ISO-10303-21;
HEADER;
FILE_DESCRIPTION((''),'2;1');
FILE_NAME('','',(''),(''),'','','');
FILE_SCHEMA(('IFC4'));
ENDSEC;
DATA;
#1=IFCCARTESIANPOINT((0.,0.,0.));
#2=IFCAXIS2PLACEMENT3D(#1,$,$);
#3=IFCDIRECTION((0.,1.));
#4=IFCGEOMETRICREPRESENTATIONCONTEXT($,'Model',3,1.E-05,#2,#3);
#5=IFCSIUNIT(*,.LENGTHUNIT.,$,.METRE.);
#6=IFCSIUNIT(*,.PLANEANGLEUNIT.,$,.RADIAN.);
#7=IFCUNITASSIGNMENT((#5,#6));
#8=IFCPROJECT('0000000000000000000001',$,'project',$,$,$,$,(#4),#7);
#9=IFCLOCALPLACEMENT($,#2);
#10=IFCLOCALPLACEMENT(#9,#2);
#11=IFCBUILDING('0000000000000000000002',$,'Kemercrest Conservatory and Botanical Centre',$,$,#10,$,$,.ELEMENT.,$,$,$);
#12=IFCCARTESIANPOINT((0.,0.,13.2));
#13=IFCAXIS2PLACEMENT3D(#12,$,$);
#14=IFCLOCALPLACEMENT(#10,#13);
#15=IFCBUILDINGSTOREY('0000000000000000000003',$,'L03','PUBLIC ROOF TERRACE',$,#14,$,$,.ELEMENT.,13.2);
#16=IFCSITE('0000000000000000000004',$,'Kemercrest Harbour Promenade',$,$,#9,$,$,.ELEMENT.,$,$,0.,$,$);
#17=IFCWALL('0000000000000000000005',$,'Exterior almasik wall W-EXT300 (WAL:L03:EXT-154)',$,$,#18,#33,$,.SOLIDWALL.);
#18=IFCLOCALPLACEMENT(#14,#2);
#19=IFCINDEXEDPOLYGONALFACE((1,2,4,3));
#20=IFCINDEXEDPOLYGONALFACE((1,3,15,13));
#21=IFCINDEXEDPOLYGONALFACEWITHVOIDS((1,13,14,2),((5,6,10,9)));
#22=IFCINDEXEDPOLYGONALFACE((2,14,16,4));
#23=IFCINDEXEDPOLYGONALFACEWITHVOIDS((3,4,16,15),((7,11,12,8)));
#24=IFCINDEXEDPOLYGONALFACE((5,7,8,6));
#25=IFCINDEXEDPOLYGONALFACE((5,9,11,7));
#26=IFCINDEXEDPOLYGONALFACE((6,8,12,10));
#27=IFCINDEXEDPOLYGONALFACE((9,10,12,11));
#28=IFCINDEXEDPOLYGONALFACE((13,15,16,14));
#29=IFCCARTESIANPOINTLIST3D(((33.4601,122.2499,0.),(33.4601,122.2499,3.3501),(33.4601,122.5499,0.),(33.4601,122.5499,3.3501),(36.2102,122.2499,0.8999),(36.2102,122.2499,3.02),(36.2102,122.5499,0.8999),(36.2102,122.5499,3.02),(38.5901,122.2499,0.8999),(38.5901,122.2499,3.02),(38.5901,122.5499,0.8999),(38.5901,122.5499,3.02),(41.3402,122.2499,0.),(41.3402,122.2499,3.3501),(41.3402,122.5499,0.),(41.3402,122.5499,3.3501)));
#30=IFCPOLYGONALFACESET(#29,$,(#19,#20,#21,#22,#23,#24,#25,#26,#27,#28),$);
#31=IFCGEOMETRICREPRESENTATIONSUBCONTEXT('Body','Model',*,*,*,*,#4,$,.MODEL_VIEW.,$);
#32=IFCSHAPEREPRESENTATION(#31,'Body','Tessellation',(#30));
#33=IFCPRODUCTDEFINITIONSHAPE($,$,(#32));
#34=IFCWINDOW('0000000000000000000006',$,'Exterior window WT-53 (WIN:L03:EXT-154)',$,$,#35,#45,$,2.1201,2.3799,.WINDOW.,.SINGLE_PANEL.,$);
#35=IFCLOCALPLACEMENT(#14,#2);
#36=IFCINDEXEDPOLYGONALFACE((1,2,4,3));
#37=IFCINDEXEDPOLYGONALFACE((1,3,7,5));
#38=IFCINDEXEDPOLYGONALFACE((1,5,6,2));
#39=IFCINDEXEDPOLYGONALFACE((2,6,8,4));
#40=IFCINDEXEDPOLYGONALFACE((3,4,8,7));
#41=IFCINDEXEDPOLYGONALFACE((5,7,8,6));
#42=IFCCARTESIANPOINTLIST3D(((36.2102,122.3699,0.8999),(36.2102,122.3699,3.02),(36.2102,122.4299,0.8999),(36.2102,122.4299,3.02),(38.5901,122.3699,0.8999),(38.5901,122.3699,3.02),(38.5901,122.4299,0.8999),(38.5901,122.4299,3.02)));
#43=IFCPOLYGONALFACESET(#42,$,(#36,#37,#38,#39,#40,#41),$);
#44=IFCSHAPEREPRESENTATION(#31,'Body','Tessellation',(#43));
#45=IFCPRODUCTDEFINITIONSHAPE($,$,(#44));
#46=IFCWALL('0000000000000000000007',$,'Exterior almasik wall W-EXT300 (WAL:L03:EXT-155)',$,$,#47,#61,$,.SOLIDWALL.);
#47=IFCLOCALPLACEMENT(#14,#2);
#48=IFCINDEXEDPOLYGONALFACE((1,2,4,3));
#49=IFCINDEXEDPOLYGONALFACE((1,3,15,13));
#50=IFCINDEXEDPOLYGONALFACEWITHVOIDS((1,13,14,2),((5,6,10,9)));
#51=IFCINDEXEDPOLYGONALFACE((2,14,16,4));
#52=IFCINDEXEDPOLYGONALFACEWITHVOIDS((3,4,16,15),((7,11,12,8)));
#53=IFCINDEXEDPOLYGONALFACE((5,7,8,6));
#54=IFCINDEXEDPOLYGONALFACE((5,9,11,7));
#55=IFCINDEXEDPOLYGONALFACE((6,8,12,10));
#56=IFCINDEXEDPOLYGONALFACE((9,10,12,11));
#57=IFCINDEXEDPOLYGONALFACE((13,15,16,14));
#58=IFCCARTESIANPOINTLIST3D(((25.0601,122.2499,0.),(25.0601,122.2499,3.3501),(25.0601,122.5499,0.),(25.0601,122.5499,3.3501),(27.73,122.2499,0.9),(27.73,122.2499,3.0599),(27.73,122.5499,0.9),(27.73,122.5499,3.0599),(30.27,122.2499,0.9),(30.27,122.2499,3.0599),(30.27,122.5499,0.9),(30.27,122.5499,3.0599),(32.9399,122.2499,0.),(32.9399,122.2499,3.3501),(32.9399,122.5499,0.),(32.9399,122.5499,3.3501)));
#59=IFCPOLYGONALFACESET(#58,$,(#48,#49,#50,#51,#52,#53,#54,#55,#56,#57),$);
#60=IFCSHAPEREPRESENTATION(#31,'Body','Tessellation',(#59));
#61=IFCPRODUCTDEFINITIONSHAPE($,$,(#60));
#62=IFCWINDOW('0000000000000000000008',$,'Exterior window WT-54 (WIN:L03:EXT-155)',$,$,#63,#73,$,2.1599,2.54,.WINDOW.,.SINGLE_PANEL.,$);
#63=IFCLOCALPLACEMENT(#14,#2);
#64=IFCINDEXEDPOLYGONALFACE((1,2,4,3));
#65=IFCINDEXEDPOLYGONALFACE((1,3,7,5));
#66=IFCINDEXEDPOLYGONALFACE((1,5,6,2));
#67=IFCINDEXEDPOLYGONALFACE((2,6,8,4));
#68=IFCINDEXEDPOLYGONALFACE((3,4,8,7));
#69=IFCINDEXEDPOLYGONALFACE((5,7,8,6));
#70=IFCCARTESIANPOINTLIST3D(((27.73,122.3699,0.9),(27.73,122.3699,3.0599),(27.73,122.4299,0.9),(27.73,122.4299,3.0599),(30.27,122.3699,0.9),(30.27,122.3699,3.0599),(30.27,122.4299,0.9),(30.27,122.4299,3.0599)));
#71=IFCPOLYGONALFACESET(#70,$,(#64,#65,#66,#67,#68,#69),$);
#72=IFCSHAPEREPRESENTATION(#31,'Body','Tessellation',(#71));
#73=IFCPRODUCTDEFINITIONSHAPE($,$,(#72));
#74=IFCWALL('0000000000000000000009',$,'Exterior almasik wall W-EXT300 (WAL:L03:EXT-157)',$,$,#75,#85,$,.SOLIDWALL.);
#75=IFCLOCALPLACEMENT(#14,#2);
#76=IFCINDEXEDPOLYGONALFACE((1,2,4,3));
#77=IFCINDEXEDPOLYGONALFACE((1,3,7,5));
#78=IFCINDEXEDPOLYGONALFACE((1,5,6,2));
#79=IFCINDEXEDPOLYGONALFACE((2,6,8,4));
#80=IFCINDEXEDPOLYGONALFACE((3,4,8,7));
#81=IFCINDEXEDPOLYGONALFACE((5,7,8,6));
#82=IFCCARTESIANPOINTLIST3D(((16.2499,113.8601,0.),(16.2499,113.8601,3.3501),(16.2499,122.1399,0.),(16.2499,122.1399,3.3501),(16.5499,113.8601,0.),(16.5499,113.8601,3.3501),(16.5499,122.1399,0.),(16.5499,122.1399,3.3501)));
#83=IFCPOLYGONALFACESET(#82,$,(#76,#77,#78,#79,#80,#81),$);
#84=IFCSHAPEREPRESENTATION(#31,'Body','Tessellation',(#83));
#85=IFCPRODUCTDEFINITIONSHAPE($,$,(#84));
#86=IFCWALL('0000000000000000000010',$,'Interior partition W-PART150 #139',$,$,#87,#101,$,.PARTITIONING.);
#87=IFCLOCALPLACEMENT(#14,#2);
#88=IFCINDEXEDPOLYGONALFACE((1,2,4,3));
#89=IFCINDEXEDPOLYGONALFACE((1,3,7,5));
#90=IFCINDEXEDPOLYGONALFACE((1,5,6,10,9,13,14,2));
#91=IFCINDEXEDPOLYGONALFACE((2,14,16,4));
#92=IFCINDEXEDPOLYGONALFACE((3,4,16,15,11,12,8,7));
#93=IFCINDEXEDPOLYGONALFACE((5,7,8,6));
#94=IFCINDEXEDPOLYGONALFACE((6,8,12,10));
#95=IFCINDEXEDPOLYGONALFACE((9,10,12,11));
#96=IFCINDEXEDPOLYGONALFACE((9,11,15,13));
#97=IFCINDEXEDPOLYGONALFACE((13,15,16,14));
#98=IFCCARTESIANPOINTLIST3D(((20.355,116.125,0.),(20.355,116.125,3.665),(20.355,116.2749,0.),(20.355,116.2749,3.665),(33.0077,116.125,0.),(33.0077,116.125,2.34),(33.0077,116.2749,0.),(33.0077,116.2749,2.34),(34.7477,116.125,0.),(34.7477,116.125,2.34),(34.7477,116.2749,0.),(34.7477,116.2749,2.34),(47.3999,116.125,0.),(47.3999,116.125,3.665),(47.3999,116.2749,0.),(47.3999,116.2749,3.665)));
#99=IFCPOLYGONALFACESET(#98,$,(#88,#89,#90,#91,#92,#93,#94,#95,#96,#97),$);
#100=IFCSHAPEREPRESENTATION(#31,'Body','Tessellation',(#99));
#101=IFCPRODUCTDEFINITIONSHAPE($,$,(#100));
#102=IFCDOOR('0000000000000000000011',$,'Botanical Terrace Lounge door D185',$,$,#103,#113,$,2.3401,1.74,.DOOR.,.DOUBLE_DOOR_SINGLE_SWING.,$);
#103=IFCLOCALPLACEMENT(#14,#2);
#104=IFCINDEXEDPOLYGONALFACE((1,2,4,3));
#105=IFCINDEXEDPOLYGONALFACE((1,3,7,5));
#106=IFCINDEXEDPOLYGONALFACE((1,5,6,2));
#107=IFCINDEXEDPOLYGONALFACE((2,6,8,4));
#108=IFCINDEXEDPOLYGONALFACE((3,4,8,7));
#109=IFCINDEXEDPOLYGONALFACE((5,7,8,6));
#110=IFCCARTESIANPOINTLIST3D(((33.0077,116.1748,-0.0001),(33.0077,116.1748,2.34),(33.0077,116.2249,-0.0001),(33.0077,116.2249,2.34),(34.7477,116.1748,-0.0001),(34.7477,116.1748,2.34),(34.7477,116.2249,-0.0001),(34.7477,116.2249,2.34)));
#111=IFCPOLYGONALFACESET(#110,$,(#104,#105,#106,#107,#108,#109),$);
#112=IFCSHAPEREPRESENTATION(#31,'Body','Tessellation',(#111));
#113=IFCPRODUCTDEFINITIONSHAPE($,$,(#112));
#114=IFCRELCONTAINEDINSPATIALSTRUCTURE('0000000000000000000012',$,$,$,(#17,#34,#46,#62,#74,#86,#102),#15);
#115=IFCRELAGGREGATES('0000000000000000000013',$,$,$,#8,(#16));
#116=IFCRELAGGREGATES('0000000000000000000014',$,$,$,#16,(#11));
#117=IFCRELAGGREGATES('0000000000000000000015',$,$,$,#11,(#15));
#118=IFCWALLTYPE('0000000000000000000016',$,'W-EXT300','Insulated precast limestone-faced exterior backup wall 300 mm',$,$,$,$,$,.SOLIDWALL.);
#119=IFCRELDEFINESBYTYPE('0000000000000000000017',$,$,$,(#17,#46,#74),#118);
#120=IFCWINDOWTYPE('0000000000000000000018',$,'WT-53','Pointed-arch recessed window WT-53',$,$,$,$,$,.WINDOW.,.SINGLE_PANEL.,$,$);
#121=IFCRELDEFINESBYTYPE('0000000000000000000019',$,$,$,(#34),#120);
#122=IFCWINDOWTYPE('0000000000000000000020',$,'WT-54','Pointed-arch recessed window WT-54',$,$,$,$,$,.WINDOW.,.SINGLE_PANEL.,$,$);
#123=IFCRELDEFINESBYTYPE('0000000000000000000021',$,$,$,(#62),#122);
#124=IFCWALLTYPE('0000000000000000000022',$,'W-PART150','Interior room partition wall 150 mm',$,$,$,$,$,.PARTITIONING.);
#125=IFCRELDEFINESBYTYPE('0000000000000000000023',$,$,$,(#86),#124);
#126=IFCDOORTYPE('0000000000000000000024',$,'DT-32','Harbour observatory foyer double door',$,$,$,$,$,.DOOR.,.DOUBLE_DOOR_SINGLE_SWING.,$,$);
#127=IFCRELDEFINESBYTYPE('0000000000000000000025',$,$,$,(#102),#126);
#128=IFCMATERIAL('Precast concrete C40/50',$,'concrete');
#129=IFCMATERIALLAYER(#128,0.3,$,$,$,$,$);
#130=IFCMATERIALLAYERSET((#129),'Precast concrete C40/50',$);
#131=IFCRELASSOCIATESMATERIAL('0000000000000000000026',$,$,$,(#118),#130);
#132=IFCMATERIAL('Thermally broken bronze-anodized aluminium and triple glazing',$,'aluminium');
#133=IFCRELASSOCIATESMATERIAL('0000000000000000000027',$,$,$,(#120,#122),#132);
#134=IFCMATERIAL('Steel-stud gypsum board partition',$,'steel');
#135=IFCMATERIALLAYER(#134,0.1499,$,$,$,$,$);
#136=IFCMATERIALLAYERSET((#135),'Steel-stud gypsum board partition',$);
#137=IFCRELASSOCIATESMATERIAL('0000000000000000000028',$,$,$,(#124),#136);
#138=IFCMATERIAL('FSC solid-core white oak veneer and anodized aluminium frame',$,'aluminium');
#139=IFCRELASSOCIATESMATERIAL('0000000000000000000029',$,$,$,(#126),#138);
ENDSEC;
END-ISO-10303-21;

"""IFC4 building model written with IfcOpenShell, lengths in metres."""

from ifc_helpers import new_model, si_unit, direction, frame, frame_2d, origin, place, context, subcontext, project, spatial, rectangle, extrude, material, layer, layer_set, type_object, element, fill, save


model = new_model("IFC4")

# Units and contexts
model_context = context("Model", 3, precision=1e-05, world=origin(), true_north=direction((0.0, 1.0)))
body_context = subcontext(model_context, "Body", "Model", "MODEL_VIEW")
ifc_project = project(units=[si_unit("LENGTHUNIT", "METRE"), si_unit("PLANEANGLEUNIT", "RADIAN")], contexts=[model_context])

# Site, building, storey
site_placement = place(None, origin())
site = spatial("IfcSite", under=ifc_project, at=site_placement, Name="Kemercrest Harbour Promenade", CompositionType="ELEMENT", RefElevation=0.0)
building_placement = place(site_placement, origin())
building = spatial("IfcBuilding", under=site, at=building_placement, Name="Kemercrest Conservatory and Botanical Centre", CompositionType="ELEMENT")
storey_placement = place(building_placement, frame((0.0, 0.0, 13.2)))
storey = spatial("IfcBuildingStorey", under=building, at=storey_placement, Name="L03", Description="PUBLIC ROOF TERRACE", CompositionType="ELEMENT", Elevation=13.2)

# Shared definitions
ifc_material_1 = material(Name="Precast concrete C40/50", Category="concrete")

# Walls, openings, windows
ifc_layer_1 = layer(ifc_material_1, 0.3)
ifc_layer_set_1 = layer_set([ifc_layer_1], Name="Precast concrete C40/50")
wall_type_1 = type_object("IfcWallType", Name="W-EXT300", Description="Insulated precast limestone-faced exterior backup wall 300 mm", PredefinedType="SOLIDWALL", material=ifc_layer_set_1)
wall_1_placement = place(storey_placement, frame((41.3401, 122.3999, 0.0), z_axis=(0.0, 0.0, 1.0), x_axis=(-1.0, 0.0, 0.0)))
wall_1 = element("IfcWall", 1, at=wall_1_placement, inside=storey, type_object=wall_type_1, Name="Exterior almasik wall W-EXT300 (WAL:L03:EXT-154)", PredefinedType="SOLIDWALL", context=body_context, shape_type="SweptSolid", body=[
    extrude(rectangle(XDim=7.8801, YDim=0.3, at=frame_2d((3.9399, 0.0))), origin(), (0.0, 0.0, 1.0), 3.3501),
])
opening_1_placement = place(wall_1_placement, frame((2.75, 0.0, 0.8999)))
opening_1 = element("IfcOpeningElement", 2, at=opening_1_placement, cuts=wall_1, PredefinedType="OPENING", context=body_context, shape_type="SweptSolid", body=[
    extrude(rectangle(XDim=2.3799, YDim=2.1201, at=frame_2d((1.1899, 1.0601))), frame((0.0, 0.1602, 0.0), z_axis=(0.0, -1.0, 0.0), x_axis=(1.0, 0.0, 0.0)), (0.0, 0.0, 1.0), 0.3201),
])
ifc_material_2 = material(Name="Thermally broken bronze-anodized aluminium and triple glazing", Category="aluminium")
window_type_1 = type_object("IfcWindowType", Name="WT-53", Description="Pointed-arch recessed window WT-53", PartitioningType="SINGLE_PANEL", PredefinedType="WINDOW", material=ifc_material_2)
window_1_placement = place(opening_1_placement, origin())
window_1 = element("IfcWindow", 3, at=window_1_placement, inside=storey, type_object=window_type_1, Name="Exterior window WT-53 (WIN:L03:EXT-154)", OverallHeight=2.1201, OverallWidth=2.3799, PartitioningType="SINGLE_PANEL", PredefinedType="WINDOW", context=body_context, shape_type="SweptSolid", body=[
    extrude(rectangle(XDim=2.3799, YDim=2.1201, at=frame_2d((1.1899, 1.0601))), frame((0.0, 0.03, 0.0), z_axis=(0.0, -1.0, 0.0), x_axis=(1.0, 0.0, 0.0)), (0.0, 0.0, 1.0), 0.0601),
])
fill(opening_1, window_1)
wall_2_placement = place(storey_placement, frame((32.9399, 122.3999, 0.0), z_axis=(0.0, 0.0, 1.0), x_axis=(-1.0, 0.0, 0.0)))
wall_2 = element("IfcWall", 4, at=wall_2_placement, inside=storey, type_object=wall_type_1, Name="Exterior almasik wall W-EXT300 (WAL:L03:EXT-155)", PredefinedType="SOLIDWALL", context=body_context, shape_type="SweptSolid", body=[
    extrude(rectangle(XDim=7.8799, YDim=0.3, at=frame_2d((3.9399, 0.0))), origin(), (0.0, 0.0, 1.0), 3.3501),
])
opening_2_placement = place(wall_2_placement, frame((2.6699, 0.0, 0.8999)))
opening_2 = element("IfcOpeningElement", 5, at=opening_2_placement, cuts=wall_2, PredefinedType="OPENING", context=body_context, shape_type="SweptSolid", body=[
    extrude(rectangle(XDim=2.54, YDim=2.1599, at=frame_2d((1.27, 1.0801))), frame((0.0, 0.1602, 0.0), z_axis=(0.0, -1.0, 0.0), x_axis=(1.0, 0.0, 0.0)), (0.0, 0.0, 1.0), 0.3201),
])
window_type_2 = type_object("IfcWindowType", Name="WT-54", Description="Pointed-arch recessed window WT-54", PartitioningType="SINGLE_PANEL", PredefinedType="WINDOW", material=ifc_material_2)
window_2_placement = place(opening_2_placement, origin())
window_2 = element("IfcWindow", 6, at=window_2_placement, inside=storey, type_object=window_type_2, Name="Exterior window WT-54 (WIN:L03:EXT-155)", OverallHeight=2.1599, OverallWidth=2.54, PartitioningType="SINGLE_PANEL", PredefinedType="WINDOW", context=body_context, shape_type="SweptSolid", body=[
    extrude(rectangle(XDim=2.54, YDim=2.1599, at=frame_2d((1.27, 1.0801))), frame((0.0, 0.03, 0.0), z_axis=(0.0, -1.0, 0.0), x_axis=(1.0, 0.0, 0.0)), (0.0, 0.0, 1.0), 0.0601),
])
fill(opening_2, window_2)

# Wall
wall_3_placement = place(storey_placement, frame((16.3999, 122.1399, 0.0), z_axis=(0.0, 0.0, 1.0), x_axis=(0.0, -1.0, 0.0)))
element("IfcWall", 7, at=wall_3_placement, inside=storey, type_object=wall_type_1, Name="Exterior almasik wall W-EXT300 (WAL:L03:EXT-157)", PredefinedType="SOLIDWALL", context=body_context, shape_type="SweptSolid", body=[
    extrude(rectangle(XDim=8.2798, YDim=0.3, at=frame_2d((4.1399, 0.0))), origin(), (0.0, 0.0, 1.0), 3.3501),
])

# Wall, opening, door
ifc_material_3 = material(Name="Steel-stud gypsum board partition", Category="steel")
ifc_layer_2 = layer(ifc_material_3, 0.1499)
ifc_layer_set_2 = layer_set([ifc_layer_2], Name="Steel-stud gypsum board partition")
wall_type_2 = type_object("IfcWallType", Name="W-PART150", Description="Interior room partition wall 150 mm", PredefinedType="PARTITIONING", material=ifc_layer_set_2)
wall_4_placement = place(storey_placement, frame((20.355, 116.2, 0.0), z_axis=(0.0, 0.0, 1.0), x_axis=(1.0, 0.0, 0.0)))
wall_4 = element("IfcWall", 8, at=wall_4_placement, inside=storey, type_object=wall_type_2, Name="Interior partition W-PART150 #139", PredefinedType="PARTITIONING", context=body_context, shape_type="SweptSolid", body=[
    extrude(rectangle(XDim=27.0449, YDim=0.1499, at=frame_2d((13.5225, 0.0))), origin(), (0.0, 0.0, 1.0), 3.665),
])
opening_3_placement = place(wall_4_placement, frame((12.6526, 0.0, 0.0)))
opening_3 = element("IfcOpeningElement", 9, at=opening_3_placement, cuts=wall_4, PredefinedType="OPENING", context=body_context, shape_type="SweptSolid", body=[
    extrude(rectangle(XDim=1.74, YDim=2.3401, at=frame_2d((0.8701, 1.1699))), frame((0.0, 0.085, 0.0), z_axis=(0.0, -1.0, 0.0), x_axis=(1.0, 0.0, 0.0)), (0.0, 0.0, 1.0), 0.1699),
])
ifc_material_4 = material(Name="FSC solid-core white oak veneer and anodized aluminium frame", Category="aluminium")
door_type_1 = type_object("IfcDoorType", Name="DT-32", Description="Harbour observatory foyer double door", OperationType="DOUBLE_DOOR_SINGLE_SWING", PredefinedType="DOOR", material=ifc_material_4)
door_1_placement = place(opening_3_placement, origin())
door_1 = element("IfcDoor", 10, at=door_1_placement, inside=storey, type_object=door_type_1, Name="Botanical Terrace Lounge door D185", OperationType="DOUBLE_DOOR_SINGLE_SWING", OverallHeight=2.3401, OverallWidth=1.74, PredefinedType="DOOR", context=body_context, shape_type="SweptSolid", body=[
    extrude(rectangle(XDim=1.74, YDim=2.3401, at=frame_2d((0.8701, 1.1699))), frame((0.0, 0.0249, 0.0), z_axis=(0.0, -1.0, 0.0), x_axis=(1.0, 0.0, 0.0)), (0.0, 0.0, 1.0), 0.05),
])
fill(opening_3, door_1)

save(model, "model.ifc")
